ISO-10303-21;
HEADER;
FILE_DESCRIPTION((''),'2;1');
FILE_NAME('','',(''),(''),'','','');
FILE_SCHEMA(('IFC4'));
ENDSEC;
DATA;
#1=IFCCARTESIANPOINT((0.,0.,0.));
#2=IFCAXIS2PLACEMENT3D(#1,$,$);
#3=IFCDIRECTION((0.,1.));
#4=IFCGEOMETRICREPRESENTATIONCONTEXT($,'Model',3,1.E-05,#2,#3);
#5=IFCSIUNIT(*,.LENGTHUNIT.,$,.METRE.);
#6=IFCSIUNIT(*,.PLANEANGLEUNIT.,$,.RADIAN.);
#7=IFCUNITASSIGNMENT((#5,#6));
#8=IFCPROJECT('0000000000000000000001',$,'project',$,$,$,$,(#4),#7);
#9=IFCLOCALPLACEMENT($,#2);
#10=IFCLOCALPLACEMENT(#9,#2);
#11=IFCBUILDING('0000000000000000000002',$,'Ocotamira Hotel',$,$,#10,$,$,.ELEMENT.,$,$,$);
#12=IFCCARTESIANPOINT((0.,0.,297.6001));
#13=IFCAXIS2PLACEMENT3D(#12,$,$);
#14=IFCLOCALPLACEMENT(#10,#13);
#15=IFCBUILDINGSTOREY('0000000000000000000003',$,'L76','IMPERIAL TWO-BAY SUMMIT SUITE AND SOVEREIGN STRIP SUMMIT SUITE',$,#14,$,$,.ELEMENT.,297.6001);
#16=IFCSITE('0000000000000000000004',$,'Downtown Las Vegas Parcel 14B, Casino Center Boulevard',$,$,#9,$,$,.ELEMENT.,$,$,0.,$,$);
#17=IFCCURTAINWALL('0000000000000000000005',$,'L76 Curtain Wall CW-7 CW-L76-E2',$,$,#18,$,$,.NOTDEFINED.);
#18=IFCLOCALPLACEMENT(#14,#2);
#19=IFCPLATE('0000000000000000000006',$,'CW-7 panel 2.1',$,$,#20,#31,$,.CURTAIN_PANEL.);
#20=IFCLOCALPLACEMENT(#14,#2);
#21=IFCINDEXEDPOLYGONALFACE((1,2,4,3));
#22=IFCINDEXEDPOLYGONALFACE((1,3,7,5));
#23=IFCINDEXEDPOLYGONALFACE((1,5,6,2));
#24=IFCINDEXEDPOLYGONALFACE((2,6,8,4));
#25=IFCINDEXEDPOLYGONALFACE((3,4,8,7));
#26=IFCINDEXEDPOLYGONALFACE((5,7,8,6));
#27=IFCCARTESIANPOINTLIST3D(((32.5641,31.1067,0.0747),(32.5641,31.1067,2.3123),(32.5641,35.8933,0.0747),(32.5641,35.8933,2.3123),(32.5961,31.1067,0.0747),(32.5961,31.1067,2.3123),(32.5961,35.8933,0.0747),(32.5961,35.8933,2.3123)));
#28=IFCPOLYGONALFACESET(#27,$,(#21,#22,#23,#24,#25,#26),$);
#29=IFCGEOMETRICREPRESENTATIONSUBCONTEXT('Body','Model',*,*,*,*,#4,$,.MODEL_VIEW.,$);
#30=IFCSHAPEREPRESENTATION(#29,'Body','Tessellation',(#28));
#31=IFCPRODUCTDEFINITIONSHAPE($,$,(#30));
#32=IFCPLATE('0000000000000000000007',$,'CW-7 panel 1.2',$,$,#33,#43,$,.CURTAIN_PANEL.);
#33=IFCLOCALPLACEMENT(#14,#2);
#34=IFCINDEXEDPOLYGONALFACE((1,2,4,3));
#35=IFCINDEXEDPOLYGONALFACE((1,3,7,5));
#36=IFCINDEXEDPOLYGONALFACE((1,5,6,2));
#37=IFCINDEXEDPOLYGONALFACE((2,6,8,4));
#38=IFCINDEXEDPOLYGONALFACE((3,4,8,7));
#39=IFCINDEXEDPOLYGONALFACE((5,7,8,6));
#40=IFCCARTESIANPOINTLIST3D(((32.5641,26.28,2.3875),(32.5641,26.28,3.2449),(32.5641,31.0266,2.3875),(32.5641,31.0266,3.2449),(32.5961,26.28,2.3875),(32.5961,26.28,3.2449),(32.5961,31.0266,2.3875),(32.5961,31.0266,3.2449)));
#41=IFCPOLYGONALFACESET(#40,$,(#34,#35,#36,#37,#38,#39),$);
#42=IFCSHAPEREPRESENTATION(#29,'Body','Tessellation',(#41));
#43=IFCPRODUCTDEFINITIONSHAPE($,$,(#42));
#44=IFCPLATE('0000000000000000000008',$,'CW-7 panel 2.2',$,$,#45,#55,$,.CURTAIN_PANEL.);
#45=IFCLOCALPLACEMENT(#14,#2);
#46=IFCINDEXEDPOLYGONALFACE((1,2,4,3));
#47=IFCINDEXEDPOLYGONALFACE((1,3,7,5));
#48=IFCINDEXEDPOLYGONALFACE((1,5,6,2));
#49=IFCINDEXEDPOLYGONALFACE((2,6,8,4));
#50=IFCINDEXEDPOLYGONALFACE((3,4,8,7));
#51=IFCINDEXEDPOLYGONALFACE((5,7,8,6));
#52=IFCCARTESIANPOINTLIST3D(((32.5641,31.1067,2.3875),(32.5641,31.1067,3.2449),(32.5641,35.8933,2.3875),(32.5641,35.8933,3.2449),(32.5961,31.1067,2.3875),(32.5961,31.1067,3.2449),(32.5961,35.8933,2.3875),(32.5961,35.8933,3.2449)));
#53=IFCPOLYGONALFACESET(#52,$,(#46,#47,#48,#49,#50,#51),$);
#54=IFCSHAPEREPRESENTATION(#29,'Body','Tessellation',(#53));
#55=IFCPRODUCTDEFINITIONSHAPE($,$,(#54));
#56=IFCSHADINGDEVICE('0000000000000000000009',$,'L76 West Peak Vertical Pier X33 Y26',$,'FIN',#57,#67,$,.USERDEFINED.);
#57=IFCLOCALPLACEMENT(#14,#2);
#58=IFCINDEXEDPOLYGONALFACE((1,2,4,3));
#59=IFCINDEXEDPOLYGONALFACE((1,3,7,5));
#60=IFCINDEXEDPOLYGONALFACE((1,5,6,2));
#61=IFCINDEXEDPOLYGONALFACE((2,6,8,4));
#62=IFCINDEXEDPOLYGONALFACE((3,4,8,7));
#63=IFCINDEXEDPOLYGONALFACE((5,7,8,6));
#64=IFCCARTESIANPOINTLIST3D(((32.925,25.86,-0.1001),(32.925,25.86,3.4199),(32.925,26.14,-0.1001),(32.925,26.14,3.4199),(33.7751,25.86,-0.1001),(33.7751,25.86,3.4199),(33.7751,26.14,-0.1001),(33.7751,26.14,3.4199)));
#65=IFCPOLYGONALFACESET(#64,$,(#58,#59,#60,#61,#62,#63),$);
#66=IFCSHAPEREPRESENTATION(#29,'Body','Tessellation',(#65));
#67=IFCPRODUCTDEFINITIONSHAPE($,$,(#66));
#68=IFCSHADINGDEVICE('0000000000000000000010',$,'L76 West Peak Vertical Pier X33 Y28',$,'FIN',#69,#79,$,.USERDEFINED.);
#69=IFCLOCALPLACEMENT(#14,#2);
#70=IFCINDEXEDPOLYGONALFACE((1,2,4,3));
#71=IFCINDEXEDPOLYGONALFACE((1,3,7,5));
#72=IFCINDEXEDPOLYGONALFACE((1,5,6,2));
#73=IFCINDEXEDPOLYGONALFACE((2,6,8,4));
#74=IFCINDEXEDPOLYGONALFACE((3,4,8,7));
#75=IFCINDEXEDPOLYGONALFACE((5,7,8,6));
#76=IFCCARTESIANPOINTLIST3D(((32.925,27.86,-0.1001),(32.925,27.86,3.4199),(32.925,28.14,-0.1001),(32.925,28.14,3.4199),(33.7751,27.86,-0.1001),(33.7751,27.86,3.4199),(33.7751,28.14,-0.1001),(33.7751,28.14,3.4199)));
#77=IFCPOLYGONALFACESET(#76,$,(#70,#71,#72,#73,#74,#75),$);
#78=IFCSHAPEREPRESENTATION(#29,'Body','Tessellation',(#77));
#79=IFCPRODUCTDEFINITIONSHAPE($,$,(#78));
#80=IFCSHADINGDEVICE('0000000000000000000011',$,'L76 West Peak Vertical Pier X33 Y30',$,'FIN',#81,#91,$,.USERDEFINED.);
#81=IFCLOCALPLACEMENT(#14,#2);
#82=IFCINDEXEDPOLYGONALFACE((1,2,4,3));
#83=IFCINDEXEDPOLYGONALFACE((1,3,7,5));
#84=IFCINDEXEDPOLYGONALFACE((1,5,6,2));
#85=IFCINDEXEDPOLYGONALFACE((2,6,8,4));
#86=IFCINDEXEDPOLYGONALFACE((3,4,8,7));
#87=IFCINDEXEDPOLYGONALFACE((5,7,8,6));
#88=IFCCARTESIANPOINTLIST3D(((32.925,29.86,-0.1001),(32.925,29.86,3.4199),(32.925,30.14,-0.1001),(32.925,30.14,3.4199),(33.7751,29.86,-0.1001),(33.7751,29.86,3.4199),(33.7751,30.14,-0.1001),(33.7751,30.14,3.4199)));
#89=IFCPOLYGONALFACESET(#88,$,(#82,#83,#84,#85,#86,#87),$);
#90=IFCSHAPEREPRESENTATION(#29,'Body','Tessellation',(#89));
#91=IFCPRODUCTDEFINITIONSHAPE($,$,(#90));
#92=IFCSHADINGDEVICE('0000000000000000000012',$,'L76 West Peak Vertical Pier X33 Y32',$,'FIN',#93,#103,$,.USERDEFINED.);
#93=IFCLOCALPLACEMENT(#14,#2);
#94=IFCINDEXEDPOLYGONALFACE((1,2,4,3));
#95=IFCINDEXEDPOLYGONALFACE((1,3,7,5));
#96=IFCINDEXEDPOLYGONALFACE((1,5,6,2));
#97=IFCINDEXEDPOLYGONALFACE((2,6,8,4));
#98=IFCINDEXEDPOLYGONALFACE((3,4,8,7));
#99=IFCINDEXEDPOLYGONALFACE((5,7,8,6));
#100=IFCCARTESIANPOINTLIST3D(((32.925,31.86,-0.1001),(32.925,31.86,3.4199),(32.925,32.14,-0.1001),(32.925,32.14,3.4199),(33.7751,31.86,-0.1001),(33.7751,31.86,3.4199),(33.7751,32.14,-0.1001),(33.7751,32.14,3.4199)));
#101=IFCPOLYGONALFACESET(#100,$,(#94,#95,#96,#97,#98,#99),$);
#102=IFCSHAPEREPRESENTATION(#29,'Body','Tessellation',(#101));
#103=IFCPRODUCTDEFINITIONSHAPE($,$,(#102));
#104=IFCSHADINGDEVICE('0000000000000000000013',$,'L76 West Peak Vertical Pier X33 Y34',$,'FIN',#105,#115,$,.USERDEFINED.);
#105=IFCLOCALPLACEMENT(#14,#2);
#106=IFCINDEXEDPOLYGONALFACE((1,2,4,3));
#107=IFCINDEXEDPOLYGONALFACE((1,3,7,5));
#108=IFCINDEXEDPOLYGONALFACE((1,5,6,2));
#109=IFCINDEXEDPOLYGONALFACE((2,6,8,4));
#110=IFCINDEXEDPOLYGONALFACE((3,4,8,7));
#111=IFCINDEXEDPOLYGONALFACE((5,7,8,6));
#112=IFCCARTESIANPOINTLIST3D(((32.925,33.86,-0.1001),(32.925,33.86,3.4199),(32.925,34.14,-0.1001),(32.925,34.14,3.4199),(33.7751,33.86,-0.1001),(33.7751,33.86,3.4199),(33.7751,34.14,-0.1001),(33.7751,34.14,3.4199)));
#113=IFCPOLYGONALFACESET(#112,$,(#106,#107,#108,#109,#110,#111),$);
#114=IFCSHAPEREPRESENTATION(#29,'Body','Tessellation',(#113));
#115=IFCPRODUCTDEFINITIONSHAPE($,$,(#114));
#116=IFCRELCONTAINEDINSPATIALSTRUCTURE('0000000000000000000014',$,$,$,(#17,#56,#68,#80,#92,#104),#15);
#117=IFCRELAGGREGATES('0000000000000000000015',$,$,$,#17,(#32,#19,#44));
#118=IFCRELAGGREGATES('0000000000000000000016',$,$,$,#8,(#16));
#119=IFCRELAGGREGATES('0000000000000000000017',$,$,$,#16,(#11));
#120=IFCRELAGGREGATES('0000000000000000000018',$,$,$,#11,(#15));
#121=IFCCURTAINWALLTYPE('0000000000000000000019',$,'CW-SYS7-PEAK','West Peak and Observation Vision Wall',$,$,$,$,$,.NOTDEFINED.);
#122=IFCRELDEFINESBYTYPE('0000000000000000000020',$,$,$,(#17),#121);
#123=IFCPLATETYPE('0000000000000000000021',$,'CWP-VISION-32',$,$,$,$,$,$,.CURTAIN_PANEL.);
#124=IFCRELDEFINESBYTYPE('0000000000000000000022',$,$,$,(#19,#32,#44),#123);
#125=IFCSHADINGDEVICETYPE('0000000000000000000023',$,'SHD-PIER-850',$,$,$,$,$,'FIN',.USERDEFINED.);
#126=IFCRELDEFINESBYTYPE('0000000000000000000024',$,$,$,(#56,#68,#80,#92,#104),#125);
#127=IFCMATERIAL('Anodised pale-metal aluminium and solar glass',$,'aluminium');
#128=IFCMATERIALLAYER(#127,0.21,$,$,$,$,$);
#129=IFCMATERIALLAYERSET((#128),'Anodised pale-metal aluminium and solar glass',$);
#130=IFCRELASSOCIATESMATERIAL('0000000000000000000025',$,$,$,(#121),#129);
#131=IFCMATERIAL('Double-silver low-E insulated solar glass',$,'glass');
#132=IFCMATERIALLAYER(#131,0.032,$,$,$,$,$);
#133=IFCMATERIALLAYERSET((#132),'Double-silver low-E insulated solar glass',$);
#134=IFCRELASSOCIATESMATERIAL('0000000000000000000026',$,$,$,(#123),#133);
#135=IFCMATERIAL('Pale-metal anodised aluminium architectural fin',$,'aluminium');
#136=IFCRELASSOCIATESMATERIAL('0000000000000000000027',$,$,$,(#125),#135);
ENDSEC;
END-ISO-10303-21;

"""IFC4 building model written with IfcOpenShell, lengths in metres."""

from ifc_helpers import new_model, si_unit, direction, frame, origin, origin_2d, place, context, subcontext, project, spatial, rectangle, extrude, source, transform, mapped, material, layer, layer_set, type_object, element, aggregate, save


model = new_model("IFC4")

# Units and contexts
model_context = context("Model", 3, precision=1e-05, world=origin(), true_north=direction((0.0, 1.0)))
body_context = subcontext(model_context, "Body", "Model", "MODEL_VIEW")
ifc_project = project(units=[si_unit("LENGTHUNIT", "METRE"), si_unit("PLANEANGLEUNIT", "RADIAN")], contexts=[model_context])

# Site, building, storey
site_placement = place(None, origin())
site = spatial("IfcSite", under=ifc_project, at=site_placement, Name="Downtown Las Vegas Parcel 14B, Casino Center Boulevard", CompositionType="ELEMENT", RefElevation=0.0)
building_placement = place(site_placement, origin())
building = spatial("IfcBuilding", under=site, at=building_placement, Name="Ocotamira Hotel", CompositionType="ELEMENT")
storey_placement = place(building_placement, frame((0.0, 0.0, 297.6001)))
storey = spatial("IfcBuildingStorey", under=building, at=storey_placement, Name="L76", Description="IMPERIAL TWO-BAY SUMMIT SUITE AND SOVEREIGN STRIP SUMMIT SUITE", CompositionType="ELEMENT", Elevation=297.6001)

# Curtain wall
ifc_material_1 = material(Name="Anodised pale-metal aluminium and solar glass", Category="aluminium")
ifc_layer_1 = layer(ifc_material_1, 0.21)
ifc_layer_set_1 = layer_set([ifc_layer_1], Name="Anodised pale-metal aluminium and solar glass")
curtain_wall_type = type_object("IfcCurtainWallType", Name="CW-SYS7-PEAK", Description="West Peak and Observation Vision Wall", PredefinedType="NOTDEFINED", material=ifc_layer_set_1)
curtain_wall_1_placement = place(storey_placement, origin())
curtain_wall_1 = element("IfcCurtainWall", 1, at=curtain_wall_1_placement, inside=storey, type_object=curtain_wall_type, Name="L76 Curtain Wall CW-7 CW-L76-E2", PredefinedType="NOTDEFINED")

# Plates
ifc_material_2 = material(Name="Double-silver low-E insulated solar glass", Category="glass")
ifc_layer_2 = layer(ifc_material_2, 0.032)
ifc_layer_set_2 = layer_set([ifc_layer_2], Name="Double-silver low-E insulated solar glass")
plate_type = type_object("IfcPlateType", Name="CWP-VISION-32", PredefinedType="CURTAIN_PANEL", material=ifc_layer_set_2)
shared_shape_1 = source(origin(), body_context, "Body", "SweptSolid", [
    extrude(rectangle(XDim=4.7866, YDim=0.032, at=origin_2d()), origin(), (0.0, 0.0, 1.0), 2.2375),
])
plate_1_placement = place(storey_placement, frame((32.5801, 33.5, 0.0747), z_axis=(0.0, 0.0, 1.0), x_axis=(0.0, 1.0, 0.0)))
plate_1 = element("IfcPlate", 2, at=plate_1_placement, type_object=plate_type, Name="CW-7 panel 2.1", PredefinedType="CURTAIN_PANEL", context=body_context, shape_type="MappedRepresentation", body=[
    mapped(shared_shape_1, transform((0.0, 0.0, 0.0), scale=1.0)),
])
shared_shape_2 = source(origin(), body_context, "Body", "SweptSolid", [
    extrude(rectangle(XDim=4.7466, YDim=0.032, at=origin_2d()), origin(), (0.0, 0.0, 1.0), 0.8574),
])
plate_2_placement = place(storey_placement, frame((32.5801, 28.6533, 2.3875), z_axis=(0.0, 0.0, 1.0), x_axis=(0.0, 1.0, 0.0)))
plate_2 = element("IfcPlate", 3, at=plate_2_placement, type_object=plate_type, Name="CW-7 panel 1.2", PredefinedType="CURTAIN_PANEL", context=body_context, shape_type="MappedRepresentation", body=[
    mapped(shared_shape_2, transform((0.0, 0.0, 0.0), scale=1.0)),
])
shared_shape_3 = source(origin(), body_context, "Body", "SweptSolid", [
    extrude(rectangle(XDim=4.7866, YDim=0.032, at=origin_2d()), origin(), (0.0, 0.0, 1.0), 0.8574),
])
plate_3_placement = place(storey_placement, frame((32.5801, 33.5, 2.3875), z_axis=(0.0, 0.0, 1.0), x_axis=(0.0, 1.0, 0.0)))
plate_3 = element("IfcPlate", 4, at=plate_3_placement, type_object=plate_type, Name="CW-7 panel 2.2", PredefinedType="CURTAIN_PANEL", context=body_context, shape_type="MappedRepresentation", body=[
    mapped(shared_shape_3, transform((0.0, 0.0, 0.0), scale=1.0)),
])
aggregate(curtain_wall_1, [plate_2, plate_1, plate_3])

# Shading devices
ifc_material_3 = material(Name="Pale-metal anodised aluminium architectural fin", Category="aluminium")
shading_device_type = type_object("IfcShadingDeviceType", Name="SHD-PIER-850", ElementType="FIN", PredefinedType="USERDEFINED", material=ifc_material_3)
shared_shape_4 = source(origin(), body_context, "Body", "SweptSolid", [
    extrude(rectangle(XDim=0.8501, YDim=0.28, at=origin_2d()), origin(), (0.0, 0.0, 1.0), 3.52),
])
for number, where, z_axis, x_axis, name in (
    (5, (33.3501, 26.0, -0.1001), (0.0, 0.0, 1.0), (1.0, 0.0, 0.0), "L76 West Peak Vertical Pier X33 Y26"),
    (6, (33.3501, 28.0, -0.1001), (0.0, 0.0, 1.0), (1.0, 0.0, 0.0), "L76 West Peak Vertical Pier X33 Y28"),
    (7, (33.3501, 30.0, -0.1001), (0.0, 0.0, 1.0), (1.0, 0.0, 0.0), "L76 West Peak Vertical Pier X33 Y30"),
    (8, (33.3501, 32.0, -0.1001), (0.0, 0.0, 1.0), (1.0, 0.0, 0.0), "L76 West Peak Vertical Pier X33 Y32"),
    (9, (33.3501, 34.0, -0.1001), (0.0, 0.0, 1.0), (1.0, 0.0, 0.0), "L76 West Peak Vertical Pier X33 Y34"),
):
    element("IfcShadingDevice", number, at=place(storey_placement, frame(where, z_axis=z_axis, x_axis=x_axis)), inside=storey, type_object=shading_device_type, Name=name, ObjectType="FIN", PredefinedType="USERDEFINED", context=body_context, shape_type="MappedRepresentation", body=[
        mapped(shared_shape_4, transform((0.0, 0.0, 0.0), scale=1.0)),
    ])

save(model, "model.ifc")
